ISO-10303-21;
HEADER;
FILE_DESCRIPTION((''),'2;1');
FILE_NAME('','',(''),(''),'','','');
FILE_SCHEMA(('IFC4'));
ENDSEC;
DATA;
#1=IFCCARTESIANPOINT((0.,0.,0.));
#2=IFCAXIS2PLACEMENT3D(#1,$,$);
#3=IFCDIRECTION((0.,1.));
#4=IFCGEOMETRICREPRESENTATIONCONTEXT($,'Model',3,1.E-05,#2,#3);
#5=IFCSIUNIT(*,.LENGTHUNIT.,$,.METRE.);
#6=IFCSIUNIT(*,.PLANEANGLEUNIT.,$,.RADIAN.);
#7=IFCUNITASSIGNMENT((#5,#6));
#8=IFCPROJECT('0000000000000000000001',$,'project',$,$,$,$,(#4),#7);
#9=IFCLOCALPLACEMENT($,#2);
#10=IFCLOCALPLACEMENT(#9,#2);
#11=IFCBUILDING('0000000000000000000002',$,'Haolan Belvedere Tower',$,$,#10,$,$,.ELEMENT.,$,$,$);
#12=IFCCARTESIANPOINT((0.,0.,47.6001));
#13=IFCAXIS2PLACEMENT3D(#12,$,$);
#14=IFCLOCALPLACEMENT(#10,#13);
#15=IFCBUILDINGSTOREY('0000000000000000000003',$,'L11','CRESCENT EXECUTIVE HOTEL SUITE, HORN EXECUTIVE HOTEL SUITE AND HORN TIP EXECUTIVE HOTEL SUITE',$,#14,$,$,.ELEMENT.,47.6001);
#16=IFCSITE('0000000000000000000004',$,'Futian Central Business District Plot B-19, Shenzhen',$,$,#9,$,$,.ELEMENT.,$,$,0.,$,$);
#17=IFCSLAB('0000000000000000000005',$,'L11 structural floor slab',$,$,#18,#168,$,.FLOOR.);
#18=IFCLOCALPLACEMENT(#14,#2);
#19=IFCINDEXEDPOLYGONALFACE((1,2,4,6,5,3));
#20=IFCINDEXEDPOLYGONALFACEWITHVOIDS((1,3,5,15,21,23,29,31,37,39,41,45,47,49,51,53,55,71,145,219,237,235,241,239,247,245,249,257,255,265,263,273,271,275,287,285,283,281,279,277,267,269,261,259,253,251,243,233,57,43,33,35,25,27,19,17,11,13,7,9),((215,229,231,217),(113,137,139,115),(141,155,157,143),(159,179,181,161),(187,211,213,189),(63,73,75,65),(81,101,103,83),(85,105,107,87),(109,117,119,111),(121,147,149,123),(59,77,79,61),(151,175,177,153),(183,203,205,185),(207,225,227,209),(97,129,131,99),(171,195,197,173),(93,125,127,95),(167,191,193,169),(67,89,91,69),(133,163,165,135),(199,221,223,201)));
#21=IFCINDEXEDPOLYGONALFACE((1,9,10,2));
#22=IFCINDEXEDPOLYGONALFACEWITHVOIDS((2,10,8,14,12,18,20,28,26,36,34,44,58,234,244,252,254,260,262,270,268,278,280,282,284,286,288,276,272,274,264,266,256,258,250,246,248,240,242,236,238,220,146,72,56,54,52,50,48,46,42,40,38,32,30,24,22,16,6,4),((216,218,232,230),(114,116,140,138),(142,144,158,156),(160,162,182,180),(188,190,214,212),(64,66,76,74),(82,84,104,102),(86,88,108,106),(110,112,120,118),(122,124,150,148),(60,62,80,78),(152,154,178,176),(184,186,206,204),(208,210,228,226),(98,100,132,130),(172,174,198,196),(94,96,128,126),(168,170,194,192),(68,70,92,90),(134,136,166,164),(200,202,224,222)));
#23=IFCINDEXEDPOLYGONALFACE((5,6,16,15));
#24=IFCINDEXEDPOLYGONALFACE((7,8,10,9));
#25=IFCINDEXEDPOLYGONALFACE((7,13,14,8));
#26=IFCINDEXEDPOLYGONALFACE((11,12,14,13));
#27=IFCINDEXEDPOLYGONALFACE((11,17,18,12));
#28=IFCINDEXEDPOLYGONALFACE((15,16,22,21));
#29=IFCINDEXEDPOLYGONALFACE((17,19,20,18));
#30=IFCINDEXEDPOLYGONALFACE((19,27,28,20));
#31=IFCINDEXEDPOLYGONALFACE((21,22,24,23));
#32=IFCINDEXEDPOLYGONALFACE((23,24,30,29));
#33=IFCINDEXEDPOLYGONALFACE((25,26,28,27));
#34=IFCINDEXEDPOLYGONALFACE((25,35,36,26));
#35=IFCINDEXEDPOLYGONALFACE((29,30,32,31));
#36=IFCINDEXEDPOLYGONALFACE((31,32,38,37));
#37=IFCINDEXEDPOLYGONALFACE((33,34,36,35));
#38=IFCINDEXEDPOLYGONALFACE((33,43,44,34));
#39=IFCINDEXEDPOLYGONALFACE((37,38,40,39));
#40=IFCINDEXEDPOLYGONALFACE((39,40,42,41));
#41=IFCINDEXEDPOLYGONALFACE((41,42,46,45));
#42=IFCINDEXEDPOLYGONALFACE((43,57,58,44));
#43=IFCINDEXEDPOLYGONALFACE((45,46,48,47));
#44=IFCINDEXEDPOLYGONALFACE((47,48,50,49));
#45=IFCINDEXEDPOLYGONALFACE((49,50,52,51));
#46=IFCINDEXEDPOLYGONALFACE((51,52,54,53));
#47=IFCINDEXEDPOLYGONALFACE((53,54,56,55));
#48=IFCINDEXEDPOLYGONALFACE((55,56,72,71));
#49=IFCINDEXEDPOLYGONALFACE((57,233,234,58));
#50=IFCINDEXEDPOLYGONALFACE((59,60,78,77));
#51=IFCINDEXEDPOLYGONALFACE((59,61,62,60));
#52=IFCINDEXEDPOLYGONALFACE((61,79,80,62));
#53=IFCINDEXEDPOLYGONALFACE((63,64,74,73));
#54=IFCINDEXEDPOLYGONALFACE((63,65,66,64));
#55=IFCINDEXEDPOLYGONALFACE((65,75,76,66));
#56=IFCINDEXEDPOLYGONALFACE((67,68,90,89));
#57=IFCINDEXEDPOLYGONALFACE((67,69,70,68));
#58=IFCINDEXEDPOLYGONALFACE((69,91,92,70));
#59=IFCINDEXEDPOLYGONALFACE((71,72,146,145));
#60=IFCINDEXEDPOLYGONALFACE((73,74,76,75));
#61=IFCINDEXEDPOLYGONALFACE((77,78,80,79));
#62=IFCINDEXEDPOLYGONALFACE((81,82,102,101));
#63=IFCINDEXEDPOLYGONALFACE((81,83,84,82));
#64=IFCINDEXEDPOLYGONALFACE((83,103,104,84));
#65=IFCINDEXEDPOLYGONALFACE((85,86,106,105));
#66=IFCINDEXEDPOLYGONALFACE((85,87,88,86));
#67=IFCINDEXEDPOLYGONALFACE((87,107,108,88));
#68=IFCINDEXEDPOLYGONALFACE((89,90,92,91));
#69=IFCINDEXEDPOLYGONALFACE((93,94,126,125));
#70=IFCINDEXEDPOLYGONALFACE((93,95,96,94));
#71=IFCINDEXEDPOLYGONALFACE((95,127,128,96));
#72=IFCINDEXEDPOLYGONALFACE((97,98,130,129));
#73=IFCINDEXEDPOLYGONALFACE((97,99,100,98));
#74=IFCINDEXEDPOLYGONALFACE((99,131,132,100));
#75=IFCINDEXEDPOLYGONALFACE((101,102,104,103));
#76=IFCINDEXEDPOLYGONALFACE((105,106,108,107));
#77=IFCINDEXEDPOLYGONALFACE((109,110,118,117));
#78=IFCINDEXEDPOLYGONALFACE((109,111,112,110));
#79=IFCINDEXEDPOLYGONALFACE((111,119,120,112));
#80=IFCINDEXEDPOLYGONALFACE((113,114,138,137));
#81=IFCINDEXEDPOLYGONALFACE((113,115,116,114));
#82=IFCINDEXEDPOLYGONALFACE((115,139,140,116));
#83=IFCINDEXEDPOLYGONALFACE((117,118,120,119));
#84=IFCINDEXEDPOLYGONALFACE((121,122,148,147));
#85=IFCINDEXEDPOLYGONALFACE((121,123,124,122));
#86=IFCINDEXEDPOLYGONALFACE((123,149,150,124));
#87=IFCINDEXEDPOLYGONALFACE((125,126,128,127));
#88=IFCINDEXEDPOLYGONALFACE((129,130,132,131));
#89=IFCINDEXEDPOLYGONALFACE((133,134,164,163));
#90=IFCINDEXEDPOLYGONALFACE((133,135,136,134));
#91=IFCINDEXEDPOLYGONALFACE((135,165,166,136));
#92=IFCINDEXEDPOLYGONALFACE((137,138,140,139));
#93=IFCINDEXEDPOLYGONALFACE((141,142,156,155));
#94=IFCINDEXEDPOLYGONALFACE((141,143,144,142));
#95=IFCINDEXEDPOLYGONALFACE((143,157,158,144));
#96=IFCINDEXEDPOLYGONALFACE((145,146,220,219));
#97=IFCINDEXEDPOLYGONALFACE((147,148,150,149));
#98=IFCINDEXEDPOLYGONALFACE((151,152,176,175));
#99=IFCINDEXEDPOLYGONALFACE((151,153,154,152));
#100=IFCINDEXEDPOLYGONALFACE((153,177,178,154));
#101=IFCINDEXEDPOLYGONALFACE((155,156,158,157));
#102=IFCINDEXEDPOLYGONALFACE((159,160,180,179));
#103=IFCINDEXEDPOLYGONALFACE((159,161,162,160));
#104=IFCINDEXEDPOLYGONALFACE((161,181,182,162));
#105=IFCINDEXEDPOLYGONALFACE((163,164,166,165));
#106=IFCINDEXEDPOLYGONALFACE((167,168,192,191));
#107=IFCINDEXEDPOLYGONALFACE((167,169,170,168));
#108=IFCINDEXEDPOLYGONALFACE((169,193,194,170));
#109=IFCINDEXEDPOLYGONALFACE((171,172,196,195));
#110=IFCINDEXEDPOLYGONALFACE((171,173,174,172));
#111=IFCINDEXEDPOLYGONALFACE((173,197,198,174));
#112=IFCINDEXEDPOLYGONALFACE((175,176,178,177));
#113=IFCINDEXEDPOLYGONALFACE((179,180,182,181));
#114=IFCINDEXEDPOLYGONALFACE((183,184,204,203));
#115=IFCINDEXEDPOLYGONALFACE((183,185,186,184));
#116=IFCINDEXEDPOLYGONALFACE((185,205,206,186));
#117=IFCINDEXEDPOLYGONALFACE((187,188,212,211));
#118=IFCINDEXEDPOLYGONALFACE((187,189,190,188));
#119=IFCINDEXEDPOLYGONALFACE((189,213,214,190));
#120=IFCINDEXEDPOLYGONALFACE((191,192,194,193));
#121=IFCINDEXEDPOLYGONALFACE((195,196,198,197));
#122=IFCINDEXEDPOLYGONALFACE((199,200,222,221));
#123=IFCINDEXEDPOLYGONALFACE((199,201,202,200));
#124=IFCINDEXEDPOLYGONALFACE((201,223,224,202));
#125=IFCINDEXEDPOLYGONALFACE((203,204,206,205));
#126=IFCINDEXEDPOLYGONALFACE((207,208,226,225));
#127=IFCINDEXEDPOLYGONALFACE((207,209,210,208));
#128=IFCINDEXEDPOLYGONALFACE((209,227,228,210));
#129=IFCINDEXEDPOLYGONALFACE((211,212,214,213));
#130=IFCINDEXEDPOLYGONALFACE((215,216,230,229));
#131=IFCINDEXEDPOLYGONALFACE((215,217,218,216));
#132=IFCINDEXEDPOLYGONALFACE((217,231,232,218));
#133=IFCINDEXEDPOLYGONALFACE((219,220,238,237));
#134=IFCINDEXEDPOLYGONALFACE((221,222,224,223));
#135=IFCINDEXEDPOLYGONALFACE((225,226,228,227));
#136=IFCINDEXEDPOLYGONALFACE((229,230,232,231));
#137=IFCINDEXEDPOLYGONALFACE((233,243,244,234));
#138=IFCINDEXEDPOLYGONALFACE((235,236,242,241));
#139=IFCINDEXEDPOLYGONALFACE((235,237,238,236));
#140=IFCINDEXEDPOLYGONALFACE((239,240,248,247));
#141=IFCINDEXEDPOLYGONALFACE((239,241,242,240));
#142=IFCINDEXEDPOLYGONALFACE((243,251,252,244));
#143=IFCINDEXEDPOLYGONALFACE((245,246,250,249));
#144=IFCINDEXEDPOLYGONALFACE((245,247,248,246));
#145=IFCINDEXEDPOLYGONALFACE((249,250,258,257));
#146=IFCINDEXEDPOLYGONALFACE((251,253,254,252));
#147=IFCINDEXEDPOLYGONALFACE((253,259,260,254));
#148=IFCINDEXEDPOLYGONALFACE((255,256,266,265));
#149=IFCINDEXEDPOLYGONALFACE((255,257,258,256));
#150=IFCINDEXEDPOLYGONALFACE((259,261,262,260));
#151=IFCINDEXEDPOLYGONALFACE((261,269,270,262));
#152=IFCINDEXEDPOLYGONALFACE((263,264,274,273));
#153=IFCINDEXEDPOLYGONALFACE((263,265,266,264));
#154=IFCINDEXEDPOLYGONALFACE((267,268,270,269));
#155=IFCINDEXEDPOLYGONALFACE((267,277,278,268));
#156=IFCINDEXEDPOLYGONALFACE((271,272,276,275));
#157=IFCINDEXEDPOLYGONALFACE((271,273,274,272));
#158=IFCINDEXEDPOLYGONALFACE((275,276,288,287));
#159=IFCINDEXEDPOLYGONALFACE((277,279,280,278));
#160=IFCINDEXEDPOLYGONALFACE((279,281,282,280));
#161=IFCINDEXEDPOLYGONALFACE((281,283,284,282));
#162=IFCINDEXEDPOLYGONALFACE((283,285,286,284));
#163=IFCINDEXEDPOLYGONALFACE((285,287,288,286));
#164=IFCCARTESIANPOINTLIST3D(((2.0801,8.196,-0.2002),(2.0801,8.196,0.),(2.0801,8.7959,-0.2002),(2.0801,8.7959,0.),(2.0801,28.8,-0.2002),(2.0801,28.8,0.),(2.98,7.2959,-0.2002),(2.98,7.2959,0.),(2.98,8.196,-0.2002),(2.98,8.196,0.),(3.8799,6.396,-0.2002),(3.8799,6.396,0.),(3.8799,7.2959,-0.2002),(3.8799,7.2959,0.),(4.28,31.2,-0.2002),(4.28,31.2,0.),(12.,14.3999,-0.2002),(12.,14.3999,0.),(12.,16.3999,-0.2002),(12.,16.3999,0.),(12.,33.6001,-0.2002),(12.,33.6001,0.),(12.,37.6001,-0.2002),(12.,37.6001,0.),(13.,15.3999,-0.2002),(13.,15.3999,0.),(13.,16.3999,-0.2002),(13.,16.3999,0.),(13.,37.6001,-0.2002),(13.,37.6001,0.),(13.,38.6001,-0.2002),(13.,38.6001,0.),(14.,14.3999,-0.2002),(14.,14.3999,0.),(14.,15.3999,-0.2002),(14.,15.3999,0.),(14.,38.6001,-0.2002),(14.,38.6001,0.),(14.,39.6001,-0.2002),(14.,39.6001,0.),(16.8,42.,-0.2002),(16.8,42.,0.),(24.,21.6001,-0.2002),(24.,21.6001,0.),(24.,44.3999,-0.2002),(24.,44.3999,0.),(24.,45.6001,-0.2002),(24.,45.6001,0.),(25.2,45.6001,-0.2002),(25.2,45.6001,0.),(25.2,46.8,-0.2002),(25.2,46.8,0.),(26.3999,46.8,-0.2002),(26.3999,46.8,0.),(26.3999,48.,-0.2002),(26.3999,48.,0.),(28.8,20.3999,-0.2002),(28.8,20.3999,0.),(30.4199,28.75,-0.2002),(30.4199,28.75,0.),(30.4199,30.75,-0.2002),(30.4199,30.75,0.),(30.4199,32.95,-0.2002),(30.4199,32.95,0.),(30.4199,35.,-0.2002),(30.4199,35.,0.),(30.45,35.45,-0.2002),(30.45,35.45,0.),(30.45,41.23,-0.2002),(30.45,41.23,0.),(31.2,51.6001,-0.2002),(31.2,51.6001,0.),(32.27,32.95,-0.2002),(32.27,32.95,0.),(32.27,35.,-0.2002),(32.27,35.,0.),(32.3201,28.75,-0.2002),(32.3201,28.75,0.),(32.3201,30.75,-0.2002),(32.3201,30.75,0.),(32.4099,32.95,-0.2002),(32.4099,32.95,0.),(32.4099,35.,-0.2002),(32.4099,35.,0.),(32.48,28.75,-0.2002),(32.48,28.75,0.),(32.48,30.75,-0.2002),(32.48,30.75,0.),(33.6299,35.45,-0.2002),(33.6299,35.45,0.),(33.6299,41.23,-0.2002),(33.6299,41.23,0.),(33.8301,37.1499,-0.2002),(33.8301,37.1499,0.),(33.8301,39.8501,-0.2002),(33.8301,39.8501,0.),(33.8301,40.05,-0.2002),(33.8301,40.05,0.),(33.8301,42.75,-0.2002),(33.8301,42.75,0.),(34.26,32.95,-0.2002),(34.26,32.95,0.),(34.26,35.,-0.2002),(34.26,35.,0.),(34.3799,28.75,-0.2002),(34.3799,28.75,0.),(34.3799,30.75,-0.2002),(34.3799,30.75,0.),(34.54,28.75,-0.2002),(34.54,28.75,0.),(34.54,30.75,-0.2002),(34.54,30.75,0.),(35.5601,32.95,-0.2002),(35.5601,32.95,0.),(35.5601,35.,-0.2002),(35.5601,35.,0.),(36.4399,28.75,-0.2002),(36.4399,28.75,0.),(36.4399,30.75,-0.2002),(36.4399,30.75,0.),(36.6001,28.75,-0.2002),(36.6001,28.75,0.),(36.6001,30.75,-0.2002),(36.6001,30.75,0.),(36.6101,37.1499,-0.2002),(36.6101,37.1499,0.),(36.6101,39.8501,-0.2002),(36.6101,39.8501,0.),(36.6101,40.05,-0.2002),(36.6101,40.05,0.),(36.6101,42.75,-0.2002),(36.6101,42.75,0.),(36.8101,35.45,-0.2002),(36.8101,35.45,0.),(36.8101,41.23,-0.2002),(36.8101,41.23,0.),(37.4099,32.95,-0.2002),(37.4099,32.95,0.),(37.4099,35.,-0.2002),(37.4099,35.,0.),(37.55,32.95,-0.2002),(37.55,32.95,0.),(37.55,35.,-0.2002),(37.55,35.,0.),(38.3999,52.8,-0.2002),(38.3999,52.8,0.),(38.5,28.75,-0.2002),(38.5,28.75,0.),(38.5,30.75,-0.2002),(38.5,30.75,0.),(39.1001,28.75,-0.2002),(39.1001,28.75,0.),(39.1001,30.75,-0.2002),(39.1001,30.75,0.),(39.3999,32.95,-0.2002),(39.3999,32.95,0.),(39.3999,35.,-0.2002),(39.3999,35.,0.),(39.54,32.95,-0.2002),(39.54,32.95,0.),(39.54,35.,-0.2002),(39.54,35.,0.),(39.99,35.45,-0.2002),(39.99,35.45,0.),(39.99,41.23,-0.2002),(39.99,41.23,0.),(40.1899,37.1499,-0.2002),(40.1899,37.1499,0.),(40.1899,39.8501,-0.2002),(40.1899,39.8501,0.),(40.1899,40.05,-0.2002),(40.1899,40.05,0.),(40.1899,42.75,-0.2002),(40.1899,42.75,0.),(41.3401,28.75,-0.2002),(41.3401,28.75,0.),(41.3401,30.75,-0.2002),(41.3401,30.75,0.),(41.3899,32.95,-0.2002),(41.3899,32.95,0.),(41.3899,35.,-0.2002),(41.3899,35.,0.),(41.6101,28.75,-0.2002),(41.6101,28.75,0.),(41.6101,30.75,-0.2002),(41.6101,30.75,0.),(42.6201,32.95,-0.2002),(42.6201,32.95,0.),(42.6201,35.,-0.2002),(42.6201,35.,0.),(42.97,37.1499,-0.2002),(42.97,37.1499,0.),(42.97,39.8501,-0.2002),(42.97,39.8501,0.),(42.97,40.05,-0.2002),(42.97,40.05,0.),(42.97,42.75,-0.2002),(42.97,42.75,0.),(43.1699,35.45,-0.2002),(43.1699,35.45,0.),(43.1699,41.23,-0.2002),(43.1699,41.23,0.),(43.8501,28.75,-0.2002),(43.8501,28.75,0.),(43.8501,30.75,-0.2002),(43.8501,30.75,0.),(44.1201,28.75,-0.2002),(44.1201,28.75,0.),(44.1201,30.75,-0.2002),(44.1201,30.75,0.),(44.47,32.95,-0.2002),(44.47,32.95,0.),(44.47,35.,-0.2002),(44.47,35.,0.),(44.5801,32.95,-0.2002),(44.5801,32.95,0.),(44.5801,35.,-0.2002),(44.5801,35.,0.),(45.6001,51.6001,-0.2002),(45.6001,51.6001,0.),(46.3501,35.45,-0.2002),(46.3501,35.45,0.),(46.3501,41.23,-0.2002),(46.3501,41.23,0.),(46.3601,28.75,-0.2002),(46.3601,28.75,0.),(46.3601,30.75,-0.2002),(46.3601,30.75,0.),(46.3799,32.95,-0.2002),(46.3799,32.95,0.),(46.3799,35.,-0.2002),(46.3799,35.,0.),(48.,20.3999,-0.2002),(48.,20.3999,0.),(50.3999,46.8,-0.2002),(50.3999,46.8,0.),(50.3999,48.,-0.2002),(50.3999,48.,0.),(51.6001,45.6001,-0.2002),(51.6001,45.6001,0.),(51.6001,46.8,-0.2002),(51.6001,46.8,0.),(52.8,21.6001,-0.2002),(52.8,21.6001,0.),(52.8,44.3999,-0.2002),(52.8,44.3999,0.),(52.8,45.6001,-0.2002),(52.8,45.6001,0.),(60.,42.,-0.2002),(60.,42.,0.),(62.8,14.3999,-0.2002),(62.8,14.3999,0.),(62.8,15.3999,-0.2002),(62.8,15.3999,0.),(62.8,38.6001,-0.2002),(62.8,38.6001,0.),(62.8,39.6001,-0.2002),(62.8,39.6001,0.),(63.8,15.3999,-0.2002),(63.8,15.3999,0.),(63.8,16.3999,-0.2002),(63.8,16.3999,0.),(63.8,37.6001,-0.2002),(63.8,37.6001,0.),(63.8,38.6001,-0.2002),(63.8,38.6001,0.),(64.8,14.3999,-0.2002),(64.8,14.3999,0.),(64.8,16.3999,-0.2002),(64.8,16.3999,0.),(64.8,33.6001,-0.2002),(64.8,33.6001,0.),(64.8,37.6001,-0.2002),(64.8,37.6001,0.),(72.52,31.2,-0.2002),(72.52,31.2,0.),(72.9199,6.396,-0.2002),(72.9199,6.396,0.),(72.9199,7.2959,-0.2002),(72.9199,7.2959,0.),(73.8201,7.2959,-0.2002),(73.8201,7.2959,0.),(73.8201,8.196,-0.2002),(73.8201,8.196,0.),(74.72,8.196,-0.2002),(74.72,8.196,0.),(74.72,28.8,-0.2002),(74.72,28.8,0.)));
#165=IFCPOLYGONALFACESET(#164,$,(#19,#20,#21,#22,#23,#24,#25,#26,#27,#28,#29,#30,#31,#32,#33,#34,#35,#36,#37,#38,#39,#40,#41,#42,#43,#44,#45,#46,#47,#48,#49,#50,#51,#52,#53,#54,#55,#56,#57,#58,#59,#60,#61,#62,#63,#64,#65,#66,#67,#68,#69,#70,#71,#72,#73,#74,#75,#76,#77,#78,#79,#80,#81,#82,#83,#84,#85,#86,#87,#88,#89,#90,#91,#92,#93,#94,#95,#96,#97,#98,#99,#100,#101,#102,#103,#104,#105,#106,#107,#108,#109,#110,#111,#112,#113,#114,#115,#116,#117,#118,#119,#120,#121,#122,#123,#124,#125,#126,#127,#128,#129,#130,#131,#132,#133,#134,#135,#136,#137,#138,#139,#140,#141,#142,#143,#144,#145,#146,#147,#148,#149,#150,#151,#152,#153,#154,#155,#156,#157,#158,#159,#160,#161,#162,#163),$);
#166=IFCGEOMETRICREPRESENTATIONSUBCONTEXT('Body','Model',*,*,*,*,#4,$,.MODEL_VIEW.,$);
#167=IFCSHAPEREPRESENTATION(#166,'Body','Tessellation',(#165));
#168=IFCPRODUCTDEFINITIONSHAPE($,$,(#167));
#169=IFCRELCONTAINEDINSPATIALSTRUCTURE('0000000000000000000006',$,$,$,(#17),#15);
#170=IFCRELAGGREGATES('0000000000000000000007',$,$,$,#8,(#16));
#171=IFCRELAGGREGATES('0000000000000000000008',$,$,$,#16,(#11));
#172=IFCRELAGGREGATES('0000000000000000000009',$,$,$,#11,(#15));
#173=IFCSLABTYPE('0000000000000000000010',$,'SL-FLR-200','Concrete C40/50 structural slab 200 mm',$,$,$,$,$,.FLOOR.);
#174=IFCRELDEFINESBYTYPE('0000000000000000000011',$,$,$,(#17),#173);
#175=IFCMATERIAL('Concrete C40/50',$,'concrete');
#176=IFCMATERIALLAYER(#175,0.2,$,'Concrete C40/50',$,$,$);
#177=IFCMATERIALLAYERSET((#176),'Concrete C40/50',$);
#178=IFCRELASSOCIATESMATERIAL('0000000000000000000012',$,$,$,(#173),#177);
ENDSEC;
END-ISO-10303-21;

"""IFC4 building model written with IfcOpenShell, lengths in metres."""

from ifc_helpers import new_model, si_unit, direction, frame, origin, place, context, subcontext, project, spatial, polyline, outline, extrude, material, layer, layer_set, type_object, element, save


model = new_model("IFC4")

# Units and contexts
model_context = context("Model", 3, precision=1e-05, world=origin(), true_north=direction((0.0, 1.0)))
body_context = subcontext(model_context, "Body", "Model", "MODEL_VIEW")
ifc_project = project(units=[si_unit("LENGTHUNIT", "METRE"), si_unit("PLANEANGLEUNIT", "RADIAN")], contexts=[model_context])

# Site, building, storey
site_placement = place(None, origin())
site = spatial("IfcSite", under=ifc_project, at=site_placement, Name="Futian Central Business District Plot B-19, Shenzhen", CompositionType="ELEMENT", RefElevation=0.0)
building_placement = place(site_placement, origin())
building = spatial("IfcBuilding", under=site, at=building_placement, Name="Haolan Belvedere Tower", CompositionType="ELEMENT")
storey_placement = place(building_placement, frame((0.0, 0.0, 47.6001)))
storey = spatial("IfcBuildingStorey", under=building, at=storey_placement, Name="L11", Description="CRESCENT EXECUTIVE HOTEL SUITE, HORN EXECUTIVE HOTEL SUITE AND HORN TIP EXECUTIVE HOTEL SUITE", CompositionType="ELEMENT", Elevation=47.6001)

# Slab
ifc_material_1 = material(Name="Concrete C40/50", Category="concrete")
ifc_layer_1 = layer(ifc_material_1, 0.2, Name="Concrete C40/50")
ifc_layer_set_1 = layer_set([ifc_layer_1], Name="Concrete C40/50")
slab_type_1 = type_object("IfcSlabType", Name="SL-FLR-200", Description="Concrete C40/50 structural slab 200 mm", PredefinedType="FLOOR", material=ifc_layer_set_1)
slab_1_placement = place(storey_placement, frame((0.0, 0.0, -0.2002)))
element("IfcSlab", 1, at=slab_1_placement, inside=storey, type_object=slab_type_1, Name="L11 structural floor slab", PredefinedType="FLOOR", context=body_context, shape_type="SweptSolid", body=[
    extrude(outline(polyline([(2.0801, 28.8), (2.0801, 8.7959), (2.0801, 8.196), (2.98, 8.196), (2.98, 7.2959), (3.8799, 7.2959), (3.8799, 6.396), (12.0, 14.3999), (12.0, 16.3999), (13.0, 16.3999), (13.0, 15.3999), (14.0, 15.3999), (14.0, 14.3999), (24.0, 21.6001), (28.8, 20.3999), (48.0, 20.3999), (52.8, 21.6001), (62.8, 14.3999), (62.8, 15.3999), (63.8, 15.3999), (63.8, 16.3999), (64.8, 16.3999), (64.8, 14.3999), (72.9199, 6.396), (72.9199, 7.2959), (73.8201, 7.2959), (73.8201, 8.196), (74.72, 8.196), (74.72, 28.8), (72.52, 31.2), (64.8, 33.6001), (64.8, 37.6001), (63.8, 37.6001), (63.8, 38.6001), (62.8, 38.6001), (62.8, 39.6001), (60.0, 42.0), (52.8, 44.3999), (52.8, 45.6001), (51.6001, 45.6001), (51.6001, 46.8), (50.3999, 46.8), (50.3999, 48.0), (45.6001, 51.6001), (38.3999, 52.8), (31.2, 51.6001), (26.3999, 48.0), (26.3999, 46.8), (25.2, 46.8), (25.2, 45.6001), (24.0, 45.6001), (24.0, 44.3999), (16.8, 42.0), (14.0, 39.6001), (14.0, 38.6001), (13.0, 38.6001), (13.0, 37.6001), (12.0, 37.6001), (12.0, 33.6001), (4.28, 31.2), (2.0801, 28.8)]), holes=[polyline([(30.45, 41.23), (30.45, 35.45), (33.6299, 35.45), (33.6299, 41.23), (30.45, 41.23)]), polyline([(36.8101, 41.23), (36.8101, 35.45), (39.99, 35.45), (39.99, 41.23), (36.8101, 41.23)]), polyline([(43.1699, 41.23), (43.1699, 35.45), (46.3501, 35.45), (46.3501, 41.23), (43.1699, 41.23)]), polyline([(33.8301, 40.05), (36.6101, 40.05), (36.6101, 42.75), (33.8301, 42.75), (33.8301, 40.05)]), polyline([(33.8301, 37.1499), (36.6101, 37.1499), (36.6101, 39.8501), (33.8301, 39.8501), (33.8301, 37.1499)]), polyline([(40.1899, 40.05), (42.97, 40.05), (42.97, 42.75), (40.1899, 42.75), (40.1899, 40.05)]), polyline([(40.1899, 37.1499), (42.97, 37.1499), (42.97, 39.8501), (40.1899, 39.8501), (40.1899, 37.1499)]), polyline([(30.4199, 32.95), (32.27, 32.95), (32.27, 35.0), (30.4199, 35.0), (30.4199, 32.95)]), polyline([(32.4099, 32.95), (34.26, 32.95), (34.26, 35.0), (32.4099, 35.0), (32.4099, 32.95)]), polyline([(35.5601, 32.95), (37.4099, 32.95), (37.4099, 35.0), (35.5601, 35.0), (35.5601, 32.95)]), polyline([(37.55, 32.95), (39.3999, 32.95), (39.3999, 35.0), (37.55, 35.0), (37.55, 32.95)]), polyline([(39.54, 32.95), (41.3899, 32.95), (41.3899, 35.0), (39.54, 35.0), (39.54, 32.95)]), polyline([(42.6201, 32.95), (44.47, 32.95), (44.47, 35.0), (42.6201, 35.0), (42.6201, 32.95)]), polyline([(44.5801, 32.95), (46.3799, 32.95), (46.3799, 35.0), (44.5801, 35.0), (44.5801, 32.95)]), polyline([(30.4199, 28.75), (32.3201, 28.75), (32.3201, 30.75), (30.4199, 30.75), (30.4199, 28.75)]), polyline([(32.48, 28.75), (34.3799, 28.75), (34.3799, 30.75), (32.48, 30.75), (32.48, 28.75)]), polyline([(34.54, 28.75), (36.4399, 28.75), (36.4399, 30.75), (34.54, 30.75), (34.54, 28.75)]), polyline([(36.6001, 28.75), (38.5, 28.75), (38.5, 30.75), (36.6001, 30.75), (36.6001, 28.75)]), polyline([(39.1001, 28.75), (41.3401, 28.75), (41.3401, 30.75), (39.1001, 30.75), (39.1001, 28.75)]), polyline([(41.6101, 28.75), (43.8501, 28.75), (43.8501, 30.75), (41.6101, 30.75), (41.6101, 28.75)]), polyline([(44.1201, 28.75), (46.3601, 28.75), (46.3601, 30.75), (44.1201, 30.75), (44.1201, 28.75)])]), origin(), (0.0, 0.0, 1.0), 0.2002),
])

save(model, "model.ifc")
